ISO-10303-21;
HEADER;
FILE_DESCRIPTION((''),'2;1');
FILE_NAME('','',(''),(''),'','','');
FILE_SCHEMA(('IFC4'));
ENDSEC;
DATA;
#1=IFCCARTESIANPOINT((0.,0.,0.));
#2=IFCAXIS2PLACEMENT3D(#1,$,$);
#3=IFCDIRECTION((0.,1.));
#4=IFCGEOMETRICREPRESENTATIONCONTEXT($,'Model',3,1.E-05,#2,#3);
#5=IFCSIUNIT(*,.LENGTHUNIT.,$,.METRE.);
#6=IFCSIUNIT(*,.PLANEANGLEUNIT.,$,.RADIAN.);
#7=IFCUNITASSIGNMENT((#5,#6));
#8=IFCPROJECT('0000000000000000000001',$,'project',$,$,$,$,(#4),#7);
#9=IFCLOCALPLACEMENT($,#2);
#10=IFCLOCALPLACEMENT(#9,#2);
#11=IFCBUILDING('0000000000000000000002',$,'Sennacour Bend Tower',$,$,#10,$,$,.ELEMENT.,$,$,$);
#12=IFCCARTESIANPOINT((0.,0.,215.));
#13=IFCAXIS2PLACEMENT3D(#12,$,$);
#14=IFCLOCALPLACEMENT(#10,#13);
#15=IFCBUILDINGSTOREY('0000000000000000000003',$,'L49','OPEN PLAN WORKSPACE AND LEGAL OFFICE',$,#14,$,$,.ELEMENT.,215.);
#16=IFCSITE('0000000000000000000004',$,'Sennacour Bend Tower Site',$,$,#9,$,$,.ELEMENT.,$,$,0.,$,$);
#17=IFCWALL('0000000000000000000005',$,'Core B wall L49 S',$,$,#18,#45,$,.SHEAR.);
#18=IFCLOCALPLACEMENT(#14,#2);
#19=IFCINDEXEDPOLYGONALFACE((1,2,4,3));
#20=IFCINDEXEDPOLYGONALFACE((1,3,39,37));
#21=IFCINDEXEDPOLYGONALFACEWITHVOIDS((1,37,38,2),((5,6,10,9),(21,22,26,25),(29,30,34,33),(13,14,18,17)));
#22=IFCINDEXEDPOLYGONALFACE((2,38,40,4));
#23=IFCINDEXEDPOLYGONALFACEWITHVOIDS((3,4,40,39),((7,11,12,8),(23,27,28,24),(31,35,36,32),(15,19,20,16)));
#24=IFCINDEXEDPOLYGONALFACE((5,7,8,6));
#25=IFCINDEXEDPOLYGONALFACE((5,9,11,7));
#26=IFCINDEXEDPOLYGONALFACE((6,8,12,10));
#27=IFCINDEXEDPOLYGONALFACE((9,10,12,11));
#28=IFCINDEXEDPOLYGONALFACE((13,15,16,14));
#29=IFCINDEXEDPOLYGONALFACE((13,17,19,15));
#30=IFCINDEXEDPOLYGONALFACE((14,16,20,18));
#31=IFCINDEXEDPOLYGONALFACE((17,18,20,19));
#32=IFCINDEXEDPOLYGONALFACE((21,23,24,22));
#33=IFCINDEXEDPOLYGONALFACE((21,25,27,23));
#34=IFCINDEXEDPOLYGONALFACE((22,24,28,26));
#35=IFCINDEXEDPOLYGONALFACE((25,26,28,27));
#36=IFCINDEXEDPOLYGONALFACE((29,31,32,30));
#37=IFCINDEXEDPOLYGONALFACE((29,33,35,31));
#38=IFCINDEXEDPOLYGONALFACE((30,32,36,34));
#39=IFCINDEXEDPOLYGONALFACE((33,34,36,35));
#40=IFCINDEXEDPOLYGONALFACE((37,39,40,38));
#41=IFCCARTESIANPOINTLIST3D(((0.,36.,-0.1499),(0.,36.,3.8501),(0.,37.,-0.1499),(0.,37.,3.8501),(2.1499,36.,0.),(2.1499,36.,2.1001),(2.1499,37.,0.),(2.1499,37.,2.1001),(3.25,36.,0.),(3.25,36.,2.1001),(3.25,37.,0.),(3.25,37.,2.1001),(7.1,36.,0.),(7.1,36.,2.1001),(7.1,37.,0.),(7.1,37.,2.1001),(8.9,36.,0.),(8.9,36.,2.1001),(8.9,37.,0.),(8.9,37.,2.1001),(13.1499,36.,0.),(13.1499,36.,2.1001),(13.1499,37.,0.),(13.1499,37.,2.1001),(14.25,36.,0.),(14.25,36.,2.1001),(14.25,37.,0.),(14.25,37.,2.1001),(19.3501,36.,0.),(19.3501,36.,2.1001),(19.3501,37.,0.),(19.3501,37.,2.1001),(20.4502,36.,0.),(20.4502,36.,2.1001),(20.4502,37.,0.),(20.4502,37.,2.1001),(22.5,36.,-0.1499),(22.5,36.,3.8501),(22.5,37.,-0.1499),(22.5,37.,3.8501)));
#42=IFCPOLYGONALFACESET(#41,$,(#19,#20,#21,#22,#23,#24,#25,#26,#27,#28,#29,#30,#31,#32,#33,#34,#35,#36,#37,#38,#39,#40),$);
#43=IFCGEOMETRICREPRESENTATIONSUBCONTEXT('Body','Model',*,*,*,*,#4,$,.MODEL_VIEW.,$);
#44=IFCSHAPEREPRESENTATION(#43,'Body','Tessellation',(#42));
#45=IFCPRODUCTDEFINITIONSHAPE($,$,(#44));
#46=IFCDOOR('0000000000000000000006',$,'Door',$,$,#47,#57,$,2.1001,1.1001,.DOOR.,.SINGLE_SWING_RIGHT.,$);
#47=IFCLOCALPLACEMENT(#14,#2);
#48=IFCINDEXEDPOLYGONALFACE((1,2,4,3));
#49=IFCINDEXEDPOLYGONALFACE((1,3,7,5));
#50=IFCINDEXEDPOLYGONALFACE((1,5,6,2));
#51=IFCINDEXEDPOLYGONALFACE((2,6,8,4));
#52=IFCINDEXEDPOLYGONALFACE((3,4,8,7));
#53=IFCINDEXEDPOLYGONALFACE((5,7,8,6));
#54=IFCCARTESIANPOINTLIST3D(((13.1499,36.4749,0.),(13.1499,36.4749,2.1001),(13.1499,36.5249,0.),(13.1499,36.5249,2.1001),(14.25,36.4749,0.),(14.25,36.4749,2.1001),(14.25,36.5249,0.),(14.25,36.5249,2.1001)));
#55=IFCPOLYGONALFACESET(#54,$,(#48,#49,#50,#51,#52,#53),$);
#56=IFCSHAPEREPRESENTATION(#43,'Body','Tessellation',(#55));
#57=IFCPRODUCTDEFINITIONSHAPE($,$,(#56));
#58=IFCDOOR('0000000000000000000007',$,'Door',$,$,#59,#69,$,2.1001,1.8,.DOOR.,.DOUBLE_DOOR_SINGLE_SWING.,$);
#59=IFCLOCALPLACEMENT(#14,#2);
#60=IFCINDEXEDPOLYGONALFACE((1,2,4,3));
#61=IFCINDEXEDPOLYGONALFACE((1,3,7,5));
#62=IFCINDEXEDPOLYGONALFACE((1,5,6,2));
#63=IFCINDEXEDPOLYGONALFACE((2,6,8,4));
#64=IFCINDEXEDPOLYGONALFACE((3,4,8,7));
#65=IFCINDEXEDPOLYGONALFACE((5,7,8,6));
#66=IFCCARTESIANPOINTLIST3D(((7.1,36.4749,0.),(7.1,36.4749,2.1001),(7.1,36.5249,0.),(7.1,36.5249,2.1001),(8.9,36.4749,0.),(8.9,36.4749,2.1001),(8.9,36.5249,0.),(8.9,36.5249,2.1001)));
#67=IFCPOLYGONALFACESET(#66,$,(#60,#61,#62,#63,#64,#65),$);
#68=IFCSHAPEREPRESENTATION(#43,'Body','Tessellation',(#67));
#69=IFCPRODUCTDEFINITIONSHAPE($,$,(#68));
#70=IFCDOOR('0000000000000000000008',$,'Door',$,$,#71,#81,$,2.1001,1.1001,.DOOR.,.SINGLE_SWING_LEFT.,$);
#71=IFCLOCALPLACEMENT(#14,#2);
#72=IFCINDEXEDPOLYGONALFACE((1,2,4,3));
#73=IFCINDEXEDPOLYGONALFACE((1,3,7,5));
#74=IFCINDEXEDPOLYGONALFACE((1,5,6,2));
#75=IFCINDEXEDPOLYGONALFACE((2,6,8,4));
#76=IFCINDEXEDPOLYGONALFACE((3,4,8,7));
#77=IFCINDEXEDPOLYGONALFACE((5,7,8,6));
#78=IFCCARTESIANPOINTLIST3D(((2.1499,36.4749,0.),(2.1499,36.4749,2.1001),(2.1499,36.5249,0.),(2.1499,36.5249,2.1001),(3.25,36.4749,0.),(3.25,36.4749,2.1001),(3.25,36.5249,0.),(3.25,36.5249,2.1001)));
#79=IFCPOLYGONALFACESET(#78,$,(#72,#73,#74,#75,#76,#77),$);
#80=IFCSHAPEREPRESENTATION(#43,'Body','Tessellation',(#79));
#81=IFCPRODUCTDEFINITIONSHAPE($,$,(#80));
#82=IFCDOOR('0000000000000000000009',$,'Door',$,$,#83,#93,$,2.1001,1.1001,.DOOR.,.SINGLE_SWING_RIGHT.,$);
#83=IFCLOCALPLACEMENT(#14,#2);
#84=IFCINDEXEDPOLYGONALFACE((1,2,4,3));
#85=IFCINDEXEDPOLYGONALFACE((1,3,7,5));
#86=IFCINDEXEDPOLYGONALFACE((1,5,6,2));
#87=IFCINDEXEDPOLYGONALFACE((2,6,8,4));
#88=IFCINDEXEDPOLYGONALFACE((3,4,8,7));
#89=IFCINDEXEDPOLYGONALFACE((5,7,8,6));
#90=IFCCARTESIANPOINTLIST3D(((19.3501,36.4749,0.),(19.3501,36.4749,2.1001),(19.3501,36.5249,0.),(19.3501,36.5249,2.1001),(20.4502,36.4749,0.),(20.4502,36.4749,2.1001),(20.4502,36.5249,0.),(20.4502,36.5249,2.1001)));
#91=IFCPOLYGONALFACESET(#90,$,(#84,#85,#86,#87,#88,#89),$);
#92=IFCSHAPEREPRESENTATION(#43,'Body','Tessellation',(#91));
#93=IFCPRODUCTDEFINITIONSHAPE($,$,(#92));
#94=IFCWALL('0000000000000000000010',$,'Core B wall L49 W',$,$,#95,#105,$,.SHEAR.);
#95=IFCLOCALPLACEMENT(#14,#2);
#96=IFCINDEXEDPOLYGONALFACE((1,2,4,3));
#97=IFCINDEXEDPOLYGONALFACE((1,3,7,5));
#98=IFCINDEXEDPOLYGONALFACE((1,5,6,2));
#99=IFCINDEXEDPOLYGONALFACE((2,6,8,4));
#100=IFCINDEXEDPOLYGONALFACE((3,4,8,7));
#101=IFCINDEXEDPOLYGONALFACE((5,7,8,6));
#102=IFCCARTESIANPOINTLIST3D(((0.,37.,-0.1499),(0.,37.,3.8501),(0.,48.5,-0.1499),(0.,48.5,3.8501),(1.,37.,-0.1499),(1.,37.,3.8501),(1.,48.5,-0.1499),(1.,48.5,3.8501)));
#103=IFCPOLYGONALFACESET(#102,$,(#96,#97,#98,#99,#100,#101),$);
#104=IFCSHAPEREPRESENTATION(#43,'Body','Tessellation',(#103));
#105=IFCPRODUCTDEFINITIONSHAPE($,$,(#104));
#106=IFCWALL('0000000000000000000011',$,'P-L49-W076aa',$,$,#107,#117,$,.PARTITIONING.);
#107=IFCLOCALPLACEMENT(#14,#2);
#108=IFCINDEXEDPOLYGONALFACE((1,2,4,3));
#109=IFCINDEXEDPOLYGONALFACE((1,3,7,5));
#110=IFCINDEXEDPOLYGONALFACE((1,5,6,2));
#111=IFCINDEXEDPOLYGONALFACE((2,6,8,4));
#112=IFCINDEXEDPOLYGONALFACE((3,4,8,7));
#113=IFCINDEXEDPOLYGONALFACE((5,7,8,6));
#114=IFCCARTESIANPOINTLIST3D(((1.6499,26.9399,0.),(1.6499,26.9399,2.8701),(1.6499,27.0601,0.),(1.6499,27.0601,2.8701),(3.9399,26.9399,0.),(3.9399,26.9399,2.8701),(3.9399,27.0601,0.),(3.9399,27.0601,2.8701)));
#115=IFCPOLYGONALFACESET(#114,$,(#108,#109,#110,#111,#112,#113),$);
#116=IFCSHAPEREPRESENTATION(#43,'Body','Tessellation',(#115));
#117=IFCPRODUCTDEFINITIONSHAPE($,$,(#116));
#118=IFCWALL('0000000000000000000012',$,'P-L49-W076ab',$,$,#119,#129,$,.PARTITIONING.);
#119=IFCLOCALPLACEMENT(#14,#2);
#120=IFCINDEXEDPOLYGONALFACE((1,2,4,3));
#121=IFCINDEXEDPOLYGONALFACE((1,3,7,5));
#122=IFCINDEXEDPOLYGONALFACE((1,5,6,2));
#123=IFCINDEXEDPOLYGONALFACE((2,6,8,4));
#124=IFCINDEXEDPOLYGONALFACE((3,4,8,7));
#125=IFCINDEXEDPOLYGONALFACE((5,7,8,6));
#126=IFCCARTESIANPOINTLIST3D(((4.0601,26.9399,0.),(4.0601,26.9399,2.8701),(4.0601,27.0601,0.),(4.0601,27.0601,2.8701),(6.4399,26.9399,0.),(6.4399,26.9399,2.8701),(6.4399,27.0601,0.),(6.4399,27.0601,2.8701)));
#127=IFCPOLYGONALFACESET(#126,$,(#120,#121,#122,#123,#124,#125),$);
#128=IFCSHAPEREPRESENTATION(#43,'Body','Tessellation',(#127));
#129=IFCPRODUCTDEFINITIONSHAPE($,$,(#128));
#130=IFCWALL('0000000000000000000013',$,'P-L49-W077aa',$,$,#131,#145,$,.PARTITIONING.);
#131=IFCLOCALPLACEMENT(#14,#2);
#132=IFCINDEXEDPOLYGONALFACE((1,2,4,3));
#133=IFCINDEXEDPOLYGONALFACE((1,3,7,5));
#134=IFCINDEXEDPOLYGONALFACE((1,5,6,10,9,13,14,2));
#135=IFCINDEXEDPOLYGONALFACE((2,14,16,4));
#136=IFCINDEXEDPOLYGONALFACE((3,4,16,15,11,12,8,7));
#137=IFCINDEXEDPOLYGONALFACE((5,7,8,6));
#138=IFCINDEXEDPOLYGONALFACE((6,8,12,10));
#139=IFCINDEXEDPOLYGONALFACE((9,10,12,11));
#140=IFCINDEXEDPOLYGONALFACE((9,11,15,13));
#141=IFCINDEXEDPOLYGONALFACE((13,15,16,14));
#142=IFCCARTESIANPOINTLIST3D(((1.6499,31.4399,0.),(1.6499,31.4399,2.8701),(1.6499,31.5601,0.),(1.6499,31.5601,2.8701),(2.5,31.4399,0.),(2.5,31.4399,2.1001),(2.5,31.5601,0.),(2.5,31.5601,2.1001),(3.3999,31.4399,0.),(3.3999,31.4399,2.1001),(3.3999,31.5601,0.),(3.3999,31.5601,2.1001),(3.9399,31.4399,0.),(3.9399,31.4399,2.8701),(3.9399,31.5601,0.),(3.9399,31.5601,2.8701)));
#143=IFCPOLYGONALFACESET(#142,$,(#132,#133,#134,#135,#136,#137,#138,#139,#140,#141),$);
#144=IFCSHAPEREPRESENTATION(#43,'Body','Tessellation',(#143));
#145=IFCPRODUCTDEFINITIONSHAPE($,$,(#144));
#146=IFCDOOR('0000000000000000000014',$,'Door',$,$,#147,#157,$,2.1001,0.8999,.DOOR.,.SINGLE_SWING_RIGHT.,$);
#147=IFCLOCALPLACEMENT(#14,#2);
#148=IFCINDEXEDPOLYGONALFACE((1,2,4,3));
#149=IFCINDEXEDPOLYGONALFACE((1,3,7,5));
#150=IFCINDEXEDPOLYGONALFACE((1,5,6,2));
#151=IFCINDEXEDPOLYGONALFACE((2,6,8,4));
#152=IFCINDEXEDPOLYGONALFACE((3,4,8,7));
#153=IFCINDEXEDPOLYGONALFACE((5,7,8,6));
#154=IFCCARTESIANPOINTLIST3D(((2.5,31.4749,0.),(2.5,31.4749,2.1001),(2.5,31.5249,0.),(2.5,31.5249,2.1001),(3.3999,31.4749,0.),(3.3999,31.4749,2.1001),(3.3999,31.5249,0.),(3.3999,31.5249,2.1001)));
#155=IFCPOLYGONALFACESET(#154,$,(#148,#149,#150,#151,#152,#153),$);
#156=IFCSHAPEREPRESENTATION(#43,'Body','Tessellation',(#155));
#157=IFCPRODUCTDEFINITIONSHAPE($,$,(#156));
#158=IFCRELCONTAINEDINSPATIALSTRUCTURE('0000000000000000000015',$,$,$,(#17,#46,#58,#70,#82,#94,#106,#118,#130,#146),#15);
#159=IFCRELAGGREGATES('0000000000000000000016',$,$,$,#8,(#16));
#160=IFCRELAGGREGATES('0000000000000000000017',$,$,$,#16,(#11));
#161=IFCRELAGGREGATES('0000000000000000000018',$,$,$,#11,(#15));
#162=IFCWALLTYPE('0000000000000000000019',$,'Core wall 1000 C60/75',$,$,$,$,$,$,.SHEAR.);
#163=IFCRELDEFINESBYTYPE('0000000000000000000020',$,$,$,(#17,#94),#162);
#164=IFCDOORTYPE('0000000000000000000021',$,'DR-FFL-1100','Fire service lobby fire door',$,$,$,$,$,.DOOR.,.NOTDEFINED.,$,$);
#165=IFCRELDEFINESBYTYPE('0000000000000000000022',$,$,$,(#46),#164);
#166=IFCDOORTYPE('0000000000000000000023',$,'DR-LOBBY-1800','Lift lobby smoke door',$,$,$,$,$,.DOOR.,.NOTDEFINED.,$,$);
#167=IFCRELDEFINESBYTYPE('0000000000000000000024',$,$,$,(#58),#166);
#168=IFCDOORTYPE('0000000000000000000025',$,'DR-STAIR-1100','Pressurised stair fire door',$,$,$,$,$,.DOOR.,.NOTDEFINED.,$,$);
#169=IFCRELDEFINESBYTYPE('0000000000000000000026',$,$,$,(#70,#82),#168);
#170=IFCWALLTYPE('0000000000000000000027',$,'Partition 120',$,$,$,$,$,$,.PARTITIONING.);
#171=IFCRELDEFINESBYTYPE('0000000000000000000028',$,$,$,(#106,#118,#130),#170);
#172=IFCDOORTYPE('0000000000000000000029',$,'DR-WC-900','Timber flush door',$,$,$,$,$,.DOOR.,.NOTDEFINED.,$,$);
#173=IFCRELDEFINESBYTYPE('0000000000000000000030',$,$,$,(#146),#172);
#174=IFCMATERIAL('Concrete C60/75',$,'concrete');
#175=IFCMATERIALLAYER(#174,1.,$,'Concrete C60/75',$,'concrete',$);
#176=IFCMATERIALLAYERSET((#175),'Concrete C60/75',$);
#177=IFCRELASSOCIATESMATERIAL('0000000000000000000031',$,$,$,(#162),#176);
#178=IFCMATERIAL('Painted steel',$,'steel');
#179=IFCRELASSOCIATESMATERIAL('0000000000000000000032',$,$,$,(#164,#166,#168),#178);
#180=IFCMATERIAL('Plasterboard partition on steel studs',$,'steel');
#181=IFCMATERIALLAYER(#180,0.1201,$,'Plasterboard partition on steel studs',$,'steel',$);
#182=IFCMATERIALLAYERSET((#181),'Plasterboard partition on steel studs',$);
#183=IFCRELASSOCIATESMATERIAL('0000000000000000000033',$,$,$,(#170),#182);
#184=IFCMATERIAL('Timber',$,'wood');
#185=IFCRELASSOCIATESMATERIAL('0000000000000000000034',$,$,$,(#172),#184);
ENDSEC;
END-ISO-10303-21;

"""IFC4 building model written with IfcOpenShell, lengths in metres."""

from ifc_helpers import new_model, si_unit, direction, frame, frame_2d, origin, place, context, subcontext, project, spatial, rectangle, extrude, material, layer, layer_set, type_object, element, fill, save


model = new_model("IFC4")

# Units and contexts
model_context = context("Model", 3, precision=1e-05, world=origin(), true_north=direction((0.0, 1.0)))
body_context = subcontext(model_context, "Body", "Model", "MODEL_VIEW")
ifc_project = project(units=[si_unit("LENGTHUNIT", "METRE"), si_unit("PLANEANGLEUNIT", "RADIAN")], contexts=[model_context])

# Site, building, storey
site_placement = place(None, origin())
site = spatial("IfcSite", under=ifc_project, at=site_placement, Name="Sennacour Bend Tower Site", CompositionType="ELEMENT", RefElevation=0.0)
building_placement = place(site_placement, origin())
building = spatial("IfcBuilding", under=site, at=building_placement, Name="Sennacour Bend Tower", CompositionType="ELEMENT")
storey_placement = place(building_placement, frame((0.0, 0.0, 215.0)))
storey = spatial("IfcBuildingStorey", under=building, at=storey_placement, Name="L49", Description="OPEN PLAN WORKSPACE AND LEGAL OFFICE", CompositionType="ELEMENT", Elevation=215.0)

# Wall, openings, doors
ifc_material_1 = material(Name="Concrete C60/75", Category="concrete")
ifc_layer_1 = layer(ifc_material_1, 1.0, Name="Concrete C60/75", Category="concrete")
ifc_layer_set_1 = layer_set([ifc_layer_1], Name="Concrete C60/75")
wall_type_1 = type_object("IfcWallType", Name="Core wall 1000 C60/75", PredefinedType="SHEAR", material=ifc_layer_set_1)
wall_1_placement = place(storey_placement, frame((0.0, 36.5, -0.1499), z_axis=(0.0, 0.0, 1.0), x_axis=(1.0, 0.0, 0.0)))
wall_1 = element("IfcWall", 1, at=wall_1_placement, inside=storey, type_object=wall_type_1, Name="Core B wall L49 S", PredefinedType="SHEAR", context=body_context, shape_type="SweptSolid", body=[
    extrude(rectangle(XDim=22.5, YDim=1.0, at=frame_2d((11.25, 0.0))), origin(), (0.0, 0.0, 1.0), 4.0),
])
opening_1_placement = place(wall_1_placement, frame((7.1001, 0.0, 0.1499)))
opening_1 = element("IfcOpeningElement", 2, at=opening_1_placement, cuts=wall_1, PredefinedType="OPENING", context=body_context, shape_type="SweptSolid", body=[
    extrude(rectangle(XDim=1.8, YDim=2.1001, at=frame_2d((0.8999, 1.05))), frame((0.0, 0.51, 0.0), z_axis=(0.0, -1.0, 0.0), x_axis=(1.0, 0.0, 0.0)), (0.0, 0.0, 1.0), 1.02),
])
opening_2_placement = place(wall_1_placement, frame((13.1499, 0.0, 0.1499)))
opening_2 = element("IfcOpeningElement", 3, at=opening_2_placement, cuts=wall_1, PredefinedType="OPENING", context=body_context, shape_type="SweptSolid", body=[
    extrude(rectangle(XDim=1.1001, YDim=2.1001, at=frame_2d((0.55, 1.05))), frame((0.0, 0.51, 0.0), z_axis=(0.0, -1.0, 0.0), x_axis=(1.0, 0.0, 0.0)), (0.0, 0.0, 1.0), 1.02),
])
opening_3_placement = place(wall_1_placement, frame((2.1499, 0.0, 0.1499)))
opening_3 = element("IfcOpeningElement", 4, at=opening_3_placement, cuts=wall_1, PredefinedType="OPENING", context=body_context, shape_type="SweptSolid", body=[
    extrude(rectangle(XDim=1.1001, YDim=2.1001, at=frame_2d((0.55, 1.05))), frame((0.0, 0.51, 0.0), z_axis=(0.0, -1.0, 0.0), x_axis=(1.0, 0.0, 0.0)), (0.0, 0.0, 1.0), 1.02),
])
opening_4_placement = place(wall_1_placement, frame((19.3501, 0.0, 0.1499)))
opening_4 = element("IfcOpeningElement", 5, at=opening_4_placement, cuts=wall_1, PredefinedType="OPENING", context=body_context, shape_type="SweptSolid", body=[
    extrude(rectangle(XDim=1.1001, YDim=2.1001, at=frame_2d((0.55, 1.05))), frame((0.0, 0.51, 0.0), z_axis=(0.0, -1.0, 0.0), x_axis=(1.0, 0.0, 0.0)), (0.0, 0.0, 1.0), 1.02),
])
ifc_material_2 = material(Name="Painted steel", Category="steel")
door_type_1 = type_object("IfcDoorType", Name="DR-FFL-1100", Description="Fire service lobby fire door", OperationType="NOTDEFINED", PredefinedType="DOOR", material=ifc_material_2)
door_1_placement = place(opening_2_placement, origin())
door_1 = element("IfcDoor", 6, at=door_1_placement, inside=storey, type_object=door_type_1, Name="Door", OperationType="SINGLE_SWING_RIGHT", OverallHeight=2.1001, OverallWidth=1.1001, PredefinedType="DOOR", context=body_context, shape_type="SweptSolid", body=[
    extrude(rectangle(XDim=1.1001, YDim=2.1001, at=frame_2d((0.55, 1.05))), frame((0.0, 0.0249, 0.0), z_axis=(0.0, -1.0, 0.0), x_axis=(1.0, 0.0, 0.0)), (0.0, 0.0, 1.0), 0.05),
])
fill(opening_2, door_1)
door_type_2 = type_object("IfcDoorType", Name="DR-LOBBY-1800", Description="Lift lobby smoke door", OperationType="NOTDEFINED", PredefinedType="DOOR", material=ifc_material_2)
door_2_placement = place(opening_1_placement, origin())
door_2 = element("IfcDoor", 7, at=door_2_placement, inside=storey, type_object=door_type_2, Name="Door", OperationType="DOUBLE_DOOR_SINGLE_SWING", OverallHeight=2.1001, OverallWidth=1.8, PredefinedType="DOOR", context=body_context, shape_type="SweptSolid", body=[
    extrude(rectangle(XDim=1.8, YDim=2.1001, at=frame_2d((0.8999, 1.05))), frame((0.0, 0.0249, 0.0), z_axis=(0.0, -1.0, 0.0), x_axis=(1.0, 0.0, 0.0)), (0.0, 0.0, 1.0), 0.05),
])
fill(opening_1, door_2)
door_type_3 = type_object("IfcDoorType", Name="DR-STAIR-1100", Description="Pressurised stair fire door", OperationType="NOTDEFINED", PredefinedType="DOOR", material=ifc_material_2)
door_3_placement = place(opening_3_placement, origin())
door_3 = element("IfcDoor", 8, at=door_3_placement, inside=storey, type_object=door_type_3, Name="Door", OperationType="SINGLE_SWING_LEFT", OverallHeight=2.1001, OverallWidth=1.1001, PredefinedType="DOOR", context=body_context, shape_type="SweptSolid", body=[
    extrude(rectangle(XDim=1.1001, YDim=2.1001, at=frame_2d((0.55, 1.05))), frame((0.0, 0.0249, 0.0), z_axis=(0.0, -1.0, 0.0), x_axis=(1.0, 0.0, 0.0)), (0.0, 0.0, 1.0), 0.05),
])
fill(opening_3, door_3)
door_4_placement = place(opening_4_placement, origin())
door_4 = element("IfcDoor", 9, at=door_4_placement, inside=storey, type_object=door_type_3, Name="Door", OperationType="SINGLE_SWING_RIGHT", OverallHeight=2.1001, OverallWidth=1.1001, PredefinedType="DOOR", context=body_context, shape_type="SweptSolid", body=[
    extrude(rectangle(XDim=1.1001, YDim=2.1001, at=frame_2d((0.55, 1.05))), frame((0.0, 0.0249, 0.0), z_axis=(0.0, -1.0, 0.0), x_axis=(1.0, 0.0, 0.0)), (0.0, 0.0, 1.0), 0.05),
])
fill(opening_4, door_4)

# Walls
wall_2_placement = place(storey_placement, frame((0.5, 37.0, -0.1499), z_axis=(0.0, 0.0, 1.0), x_axis=(0.0, 1.0, 0.0)))
element("IfcWall", 10, at=wall_2_placement, inside=storey, type_object=wall_type_1, Name="Core B wall L49 W", PredefinedType="SHEAR", context=body_context, shape_type="SweptSolid", body=[
    extrude(rectangle(XDim=11.5, YDim=1.0, at=frame_2d((5.75, 0.0))), origin(), (0.0, 0.0, 1.0), 4.0),
])
ifc_material_3 = material(Name="Plasterboard partition on steel studs", Category="steel")
ifc_layer_2 = layer(ifc_material_3, 0.1201, Name="Plasterboard partition on steel studs", Category="steel")
ifc_layer_set_2 = layer_set([ifc_layer_2], Name="Plasterboard partition on steel studs")
wall_type_2 = type_object("IfcWallType", Name="Partition 120", PredefinedType="PARTITIONING", material=ifc_layer_set_2)
wall_3_placement = place(storey_placement, frame((1.6499, 27.0, 0.0), z_axis=(0.0, 0.0, 1.0), x_axis=(1.0, 0.0, 0.0)))
element("IfcWall", 11, at=wall_3_placement, inside=storey, type_object=wall_type_2, Name="P-L49-W076aa", PredefinedType="PARTITIONING", context=body_context, shape_type="SweptSolid", body=[
    extrude(rectangle(XDim=2.29, YDim=0.1201, at=frame_2d((1.145, 0.0))), origin(), (0.0, 0.0, 1.0), 2.8701),
])
wall_4_placement = place(storey_placement, frame((4.0601, 27.0, 0.0), z_axis=(0.0, 0.0, 1.0), x_axis=(1.0, 0.0, 0.0)))
element("IfcWall", 12, at=wall_4_placement, inside=storey, type_object=wall_type_2, Name="P-L49-W076ab", PredefinedType="PARTITIONING", context=body_context, shape_type="SweptSolid", body=[
    extrude(rectangle(XDim=2.3799, YDim=0.1201, at=frame_2d((1.1899, 0.0))), origin(), (0.0, 0.0, 1.0), 2.8701),
])

# Wall, opening, door
wall_5_placement = place(storey_placement, frame((1.6499, 31.5, 0.0), z_axis=(0.0, 0.0, 1.0), x_axis=(1.0, 0.0, 0.0)))
wall_5 = element("IfcWall", 13, at=wall_5_placement, inside=storey, type_object=wall_type_2, Name="P-L49-W077aa", PredefinedType="PARTITIONING", context=body_context, shape_type="SweptSolid", body=[
    extrude(rectangle(XDim=2.29, YDim=0.1201, at=frame_2d((1.145, 0.0))), origin(), (0.0, 0.0, 1.0), 2.8701),
])
opening_5_placement = place(wall_5_placement, frame((0.8501, 0.0, 0.0)))
opening_5 = element("IfcOpeningElement", 14, at=opening_5_placement, cuts=wall_5, PredefinedType="OPENING", context=body_context, shape_type="SweptSolid", body=[
    extrude(rectangle(XDim=0.8999, YDim=2.1001, at=frame_2d((0.45, 1.05))), frame((0.0, 0.0701, 0.0), z_axis=(0.0, -1.0, 0.0), x_axis=(1.0, 0.0, 0.0)), (0.0, 0.0, 1.0), 0.1401),
])
ifc_material_4 = material(Name="Timber", Category="wood")
door_type_4 = type_object("IfcDoorType", Name="DR-WC-900", Description="Timber flush door", OperationType="NOTDEFINED", PredefinedType="DOOR", material=ifc_material_4)
door_5_placement = place(opening_5_placement, origin())
door_5 = element("IfcDoor", 15, at=door_5_placement, inside=storey, type_object=door_type_4, Name="Door", OperationType="SINGLE_SWING_RIGHT", OverallHeight=2.1001, OverallWidth=0.8999, PredefinedType="DOOR", context=body_context, shape_type="SweptSolid", body=[
    extrude(rectangle(XDim=0.8999, YDim=2.1001, at=frame_2d((0.45, 1.05))), frame((0.0, 0.0249, 0.0), z_axis=(0.0, -1.0, 0.0), x_axis=(1.0, 0.0, 0.0)), (0.0, 0.0, 1.0), 0.05),
])
fill(opening_5, door_5)

save(model, "model.ifc")
